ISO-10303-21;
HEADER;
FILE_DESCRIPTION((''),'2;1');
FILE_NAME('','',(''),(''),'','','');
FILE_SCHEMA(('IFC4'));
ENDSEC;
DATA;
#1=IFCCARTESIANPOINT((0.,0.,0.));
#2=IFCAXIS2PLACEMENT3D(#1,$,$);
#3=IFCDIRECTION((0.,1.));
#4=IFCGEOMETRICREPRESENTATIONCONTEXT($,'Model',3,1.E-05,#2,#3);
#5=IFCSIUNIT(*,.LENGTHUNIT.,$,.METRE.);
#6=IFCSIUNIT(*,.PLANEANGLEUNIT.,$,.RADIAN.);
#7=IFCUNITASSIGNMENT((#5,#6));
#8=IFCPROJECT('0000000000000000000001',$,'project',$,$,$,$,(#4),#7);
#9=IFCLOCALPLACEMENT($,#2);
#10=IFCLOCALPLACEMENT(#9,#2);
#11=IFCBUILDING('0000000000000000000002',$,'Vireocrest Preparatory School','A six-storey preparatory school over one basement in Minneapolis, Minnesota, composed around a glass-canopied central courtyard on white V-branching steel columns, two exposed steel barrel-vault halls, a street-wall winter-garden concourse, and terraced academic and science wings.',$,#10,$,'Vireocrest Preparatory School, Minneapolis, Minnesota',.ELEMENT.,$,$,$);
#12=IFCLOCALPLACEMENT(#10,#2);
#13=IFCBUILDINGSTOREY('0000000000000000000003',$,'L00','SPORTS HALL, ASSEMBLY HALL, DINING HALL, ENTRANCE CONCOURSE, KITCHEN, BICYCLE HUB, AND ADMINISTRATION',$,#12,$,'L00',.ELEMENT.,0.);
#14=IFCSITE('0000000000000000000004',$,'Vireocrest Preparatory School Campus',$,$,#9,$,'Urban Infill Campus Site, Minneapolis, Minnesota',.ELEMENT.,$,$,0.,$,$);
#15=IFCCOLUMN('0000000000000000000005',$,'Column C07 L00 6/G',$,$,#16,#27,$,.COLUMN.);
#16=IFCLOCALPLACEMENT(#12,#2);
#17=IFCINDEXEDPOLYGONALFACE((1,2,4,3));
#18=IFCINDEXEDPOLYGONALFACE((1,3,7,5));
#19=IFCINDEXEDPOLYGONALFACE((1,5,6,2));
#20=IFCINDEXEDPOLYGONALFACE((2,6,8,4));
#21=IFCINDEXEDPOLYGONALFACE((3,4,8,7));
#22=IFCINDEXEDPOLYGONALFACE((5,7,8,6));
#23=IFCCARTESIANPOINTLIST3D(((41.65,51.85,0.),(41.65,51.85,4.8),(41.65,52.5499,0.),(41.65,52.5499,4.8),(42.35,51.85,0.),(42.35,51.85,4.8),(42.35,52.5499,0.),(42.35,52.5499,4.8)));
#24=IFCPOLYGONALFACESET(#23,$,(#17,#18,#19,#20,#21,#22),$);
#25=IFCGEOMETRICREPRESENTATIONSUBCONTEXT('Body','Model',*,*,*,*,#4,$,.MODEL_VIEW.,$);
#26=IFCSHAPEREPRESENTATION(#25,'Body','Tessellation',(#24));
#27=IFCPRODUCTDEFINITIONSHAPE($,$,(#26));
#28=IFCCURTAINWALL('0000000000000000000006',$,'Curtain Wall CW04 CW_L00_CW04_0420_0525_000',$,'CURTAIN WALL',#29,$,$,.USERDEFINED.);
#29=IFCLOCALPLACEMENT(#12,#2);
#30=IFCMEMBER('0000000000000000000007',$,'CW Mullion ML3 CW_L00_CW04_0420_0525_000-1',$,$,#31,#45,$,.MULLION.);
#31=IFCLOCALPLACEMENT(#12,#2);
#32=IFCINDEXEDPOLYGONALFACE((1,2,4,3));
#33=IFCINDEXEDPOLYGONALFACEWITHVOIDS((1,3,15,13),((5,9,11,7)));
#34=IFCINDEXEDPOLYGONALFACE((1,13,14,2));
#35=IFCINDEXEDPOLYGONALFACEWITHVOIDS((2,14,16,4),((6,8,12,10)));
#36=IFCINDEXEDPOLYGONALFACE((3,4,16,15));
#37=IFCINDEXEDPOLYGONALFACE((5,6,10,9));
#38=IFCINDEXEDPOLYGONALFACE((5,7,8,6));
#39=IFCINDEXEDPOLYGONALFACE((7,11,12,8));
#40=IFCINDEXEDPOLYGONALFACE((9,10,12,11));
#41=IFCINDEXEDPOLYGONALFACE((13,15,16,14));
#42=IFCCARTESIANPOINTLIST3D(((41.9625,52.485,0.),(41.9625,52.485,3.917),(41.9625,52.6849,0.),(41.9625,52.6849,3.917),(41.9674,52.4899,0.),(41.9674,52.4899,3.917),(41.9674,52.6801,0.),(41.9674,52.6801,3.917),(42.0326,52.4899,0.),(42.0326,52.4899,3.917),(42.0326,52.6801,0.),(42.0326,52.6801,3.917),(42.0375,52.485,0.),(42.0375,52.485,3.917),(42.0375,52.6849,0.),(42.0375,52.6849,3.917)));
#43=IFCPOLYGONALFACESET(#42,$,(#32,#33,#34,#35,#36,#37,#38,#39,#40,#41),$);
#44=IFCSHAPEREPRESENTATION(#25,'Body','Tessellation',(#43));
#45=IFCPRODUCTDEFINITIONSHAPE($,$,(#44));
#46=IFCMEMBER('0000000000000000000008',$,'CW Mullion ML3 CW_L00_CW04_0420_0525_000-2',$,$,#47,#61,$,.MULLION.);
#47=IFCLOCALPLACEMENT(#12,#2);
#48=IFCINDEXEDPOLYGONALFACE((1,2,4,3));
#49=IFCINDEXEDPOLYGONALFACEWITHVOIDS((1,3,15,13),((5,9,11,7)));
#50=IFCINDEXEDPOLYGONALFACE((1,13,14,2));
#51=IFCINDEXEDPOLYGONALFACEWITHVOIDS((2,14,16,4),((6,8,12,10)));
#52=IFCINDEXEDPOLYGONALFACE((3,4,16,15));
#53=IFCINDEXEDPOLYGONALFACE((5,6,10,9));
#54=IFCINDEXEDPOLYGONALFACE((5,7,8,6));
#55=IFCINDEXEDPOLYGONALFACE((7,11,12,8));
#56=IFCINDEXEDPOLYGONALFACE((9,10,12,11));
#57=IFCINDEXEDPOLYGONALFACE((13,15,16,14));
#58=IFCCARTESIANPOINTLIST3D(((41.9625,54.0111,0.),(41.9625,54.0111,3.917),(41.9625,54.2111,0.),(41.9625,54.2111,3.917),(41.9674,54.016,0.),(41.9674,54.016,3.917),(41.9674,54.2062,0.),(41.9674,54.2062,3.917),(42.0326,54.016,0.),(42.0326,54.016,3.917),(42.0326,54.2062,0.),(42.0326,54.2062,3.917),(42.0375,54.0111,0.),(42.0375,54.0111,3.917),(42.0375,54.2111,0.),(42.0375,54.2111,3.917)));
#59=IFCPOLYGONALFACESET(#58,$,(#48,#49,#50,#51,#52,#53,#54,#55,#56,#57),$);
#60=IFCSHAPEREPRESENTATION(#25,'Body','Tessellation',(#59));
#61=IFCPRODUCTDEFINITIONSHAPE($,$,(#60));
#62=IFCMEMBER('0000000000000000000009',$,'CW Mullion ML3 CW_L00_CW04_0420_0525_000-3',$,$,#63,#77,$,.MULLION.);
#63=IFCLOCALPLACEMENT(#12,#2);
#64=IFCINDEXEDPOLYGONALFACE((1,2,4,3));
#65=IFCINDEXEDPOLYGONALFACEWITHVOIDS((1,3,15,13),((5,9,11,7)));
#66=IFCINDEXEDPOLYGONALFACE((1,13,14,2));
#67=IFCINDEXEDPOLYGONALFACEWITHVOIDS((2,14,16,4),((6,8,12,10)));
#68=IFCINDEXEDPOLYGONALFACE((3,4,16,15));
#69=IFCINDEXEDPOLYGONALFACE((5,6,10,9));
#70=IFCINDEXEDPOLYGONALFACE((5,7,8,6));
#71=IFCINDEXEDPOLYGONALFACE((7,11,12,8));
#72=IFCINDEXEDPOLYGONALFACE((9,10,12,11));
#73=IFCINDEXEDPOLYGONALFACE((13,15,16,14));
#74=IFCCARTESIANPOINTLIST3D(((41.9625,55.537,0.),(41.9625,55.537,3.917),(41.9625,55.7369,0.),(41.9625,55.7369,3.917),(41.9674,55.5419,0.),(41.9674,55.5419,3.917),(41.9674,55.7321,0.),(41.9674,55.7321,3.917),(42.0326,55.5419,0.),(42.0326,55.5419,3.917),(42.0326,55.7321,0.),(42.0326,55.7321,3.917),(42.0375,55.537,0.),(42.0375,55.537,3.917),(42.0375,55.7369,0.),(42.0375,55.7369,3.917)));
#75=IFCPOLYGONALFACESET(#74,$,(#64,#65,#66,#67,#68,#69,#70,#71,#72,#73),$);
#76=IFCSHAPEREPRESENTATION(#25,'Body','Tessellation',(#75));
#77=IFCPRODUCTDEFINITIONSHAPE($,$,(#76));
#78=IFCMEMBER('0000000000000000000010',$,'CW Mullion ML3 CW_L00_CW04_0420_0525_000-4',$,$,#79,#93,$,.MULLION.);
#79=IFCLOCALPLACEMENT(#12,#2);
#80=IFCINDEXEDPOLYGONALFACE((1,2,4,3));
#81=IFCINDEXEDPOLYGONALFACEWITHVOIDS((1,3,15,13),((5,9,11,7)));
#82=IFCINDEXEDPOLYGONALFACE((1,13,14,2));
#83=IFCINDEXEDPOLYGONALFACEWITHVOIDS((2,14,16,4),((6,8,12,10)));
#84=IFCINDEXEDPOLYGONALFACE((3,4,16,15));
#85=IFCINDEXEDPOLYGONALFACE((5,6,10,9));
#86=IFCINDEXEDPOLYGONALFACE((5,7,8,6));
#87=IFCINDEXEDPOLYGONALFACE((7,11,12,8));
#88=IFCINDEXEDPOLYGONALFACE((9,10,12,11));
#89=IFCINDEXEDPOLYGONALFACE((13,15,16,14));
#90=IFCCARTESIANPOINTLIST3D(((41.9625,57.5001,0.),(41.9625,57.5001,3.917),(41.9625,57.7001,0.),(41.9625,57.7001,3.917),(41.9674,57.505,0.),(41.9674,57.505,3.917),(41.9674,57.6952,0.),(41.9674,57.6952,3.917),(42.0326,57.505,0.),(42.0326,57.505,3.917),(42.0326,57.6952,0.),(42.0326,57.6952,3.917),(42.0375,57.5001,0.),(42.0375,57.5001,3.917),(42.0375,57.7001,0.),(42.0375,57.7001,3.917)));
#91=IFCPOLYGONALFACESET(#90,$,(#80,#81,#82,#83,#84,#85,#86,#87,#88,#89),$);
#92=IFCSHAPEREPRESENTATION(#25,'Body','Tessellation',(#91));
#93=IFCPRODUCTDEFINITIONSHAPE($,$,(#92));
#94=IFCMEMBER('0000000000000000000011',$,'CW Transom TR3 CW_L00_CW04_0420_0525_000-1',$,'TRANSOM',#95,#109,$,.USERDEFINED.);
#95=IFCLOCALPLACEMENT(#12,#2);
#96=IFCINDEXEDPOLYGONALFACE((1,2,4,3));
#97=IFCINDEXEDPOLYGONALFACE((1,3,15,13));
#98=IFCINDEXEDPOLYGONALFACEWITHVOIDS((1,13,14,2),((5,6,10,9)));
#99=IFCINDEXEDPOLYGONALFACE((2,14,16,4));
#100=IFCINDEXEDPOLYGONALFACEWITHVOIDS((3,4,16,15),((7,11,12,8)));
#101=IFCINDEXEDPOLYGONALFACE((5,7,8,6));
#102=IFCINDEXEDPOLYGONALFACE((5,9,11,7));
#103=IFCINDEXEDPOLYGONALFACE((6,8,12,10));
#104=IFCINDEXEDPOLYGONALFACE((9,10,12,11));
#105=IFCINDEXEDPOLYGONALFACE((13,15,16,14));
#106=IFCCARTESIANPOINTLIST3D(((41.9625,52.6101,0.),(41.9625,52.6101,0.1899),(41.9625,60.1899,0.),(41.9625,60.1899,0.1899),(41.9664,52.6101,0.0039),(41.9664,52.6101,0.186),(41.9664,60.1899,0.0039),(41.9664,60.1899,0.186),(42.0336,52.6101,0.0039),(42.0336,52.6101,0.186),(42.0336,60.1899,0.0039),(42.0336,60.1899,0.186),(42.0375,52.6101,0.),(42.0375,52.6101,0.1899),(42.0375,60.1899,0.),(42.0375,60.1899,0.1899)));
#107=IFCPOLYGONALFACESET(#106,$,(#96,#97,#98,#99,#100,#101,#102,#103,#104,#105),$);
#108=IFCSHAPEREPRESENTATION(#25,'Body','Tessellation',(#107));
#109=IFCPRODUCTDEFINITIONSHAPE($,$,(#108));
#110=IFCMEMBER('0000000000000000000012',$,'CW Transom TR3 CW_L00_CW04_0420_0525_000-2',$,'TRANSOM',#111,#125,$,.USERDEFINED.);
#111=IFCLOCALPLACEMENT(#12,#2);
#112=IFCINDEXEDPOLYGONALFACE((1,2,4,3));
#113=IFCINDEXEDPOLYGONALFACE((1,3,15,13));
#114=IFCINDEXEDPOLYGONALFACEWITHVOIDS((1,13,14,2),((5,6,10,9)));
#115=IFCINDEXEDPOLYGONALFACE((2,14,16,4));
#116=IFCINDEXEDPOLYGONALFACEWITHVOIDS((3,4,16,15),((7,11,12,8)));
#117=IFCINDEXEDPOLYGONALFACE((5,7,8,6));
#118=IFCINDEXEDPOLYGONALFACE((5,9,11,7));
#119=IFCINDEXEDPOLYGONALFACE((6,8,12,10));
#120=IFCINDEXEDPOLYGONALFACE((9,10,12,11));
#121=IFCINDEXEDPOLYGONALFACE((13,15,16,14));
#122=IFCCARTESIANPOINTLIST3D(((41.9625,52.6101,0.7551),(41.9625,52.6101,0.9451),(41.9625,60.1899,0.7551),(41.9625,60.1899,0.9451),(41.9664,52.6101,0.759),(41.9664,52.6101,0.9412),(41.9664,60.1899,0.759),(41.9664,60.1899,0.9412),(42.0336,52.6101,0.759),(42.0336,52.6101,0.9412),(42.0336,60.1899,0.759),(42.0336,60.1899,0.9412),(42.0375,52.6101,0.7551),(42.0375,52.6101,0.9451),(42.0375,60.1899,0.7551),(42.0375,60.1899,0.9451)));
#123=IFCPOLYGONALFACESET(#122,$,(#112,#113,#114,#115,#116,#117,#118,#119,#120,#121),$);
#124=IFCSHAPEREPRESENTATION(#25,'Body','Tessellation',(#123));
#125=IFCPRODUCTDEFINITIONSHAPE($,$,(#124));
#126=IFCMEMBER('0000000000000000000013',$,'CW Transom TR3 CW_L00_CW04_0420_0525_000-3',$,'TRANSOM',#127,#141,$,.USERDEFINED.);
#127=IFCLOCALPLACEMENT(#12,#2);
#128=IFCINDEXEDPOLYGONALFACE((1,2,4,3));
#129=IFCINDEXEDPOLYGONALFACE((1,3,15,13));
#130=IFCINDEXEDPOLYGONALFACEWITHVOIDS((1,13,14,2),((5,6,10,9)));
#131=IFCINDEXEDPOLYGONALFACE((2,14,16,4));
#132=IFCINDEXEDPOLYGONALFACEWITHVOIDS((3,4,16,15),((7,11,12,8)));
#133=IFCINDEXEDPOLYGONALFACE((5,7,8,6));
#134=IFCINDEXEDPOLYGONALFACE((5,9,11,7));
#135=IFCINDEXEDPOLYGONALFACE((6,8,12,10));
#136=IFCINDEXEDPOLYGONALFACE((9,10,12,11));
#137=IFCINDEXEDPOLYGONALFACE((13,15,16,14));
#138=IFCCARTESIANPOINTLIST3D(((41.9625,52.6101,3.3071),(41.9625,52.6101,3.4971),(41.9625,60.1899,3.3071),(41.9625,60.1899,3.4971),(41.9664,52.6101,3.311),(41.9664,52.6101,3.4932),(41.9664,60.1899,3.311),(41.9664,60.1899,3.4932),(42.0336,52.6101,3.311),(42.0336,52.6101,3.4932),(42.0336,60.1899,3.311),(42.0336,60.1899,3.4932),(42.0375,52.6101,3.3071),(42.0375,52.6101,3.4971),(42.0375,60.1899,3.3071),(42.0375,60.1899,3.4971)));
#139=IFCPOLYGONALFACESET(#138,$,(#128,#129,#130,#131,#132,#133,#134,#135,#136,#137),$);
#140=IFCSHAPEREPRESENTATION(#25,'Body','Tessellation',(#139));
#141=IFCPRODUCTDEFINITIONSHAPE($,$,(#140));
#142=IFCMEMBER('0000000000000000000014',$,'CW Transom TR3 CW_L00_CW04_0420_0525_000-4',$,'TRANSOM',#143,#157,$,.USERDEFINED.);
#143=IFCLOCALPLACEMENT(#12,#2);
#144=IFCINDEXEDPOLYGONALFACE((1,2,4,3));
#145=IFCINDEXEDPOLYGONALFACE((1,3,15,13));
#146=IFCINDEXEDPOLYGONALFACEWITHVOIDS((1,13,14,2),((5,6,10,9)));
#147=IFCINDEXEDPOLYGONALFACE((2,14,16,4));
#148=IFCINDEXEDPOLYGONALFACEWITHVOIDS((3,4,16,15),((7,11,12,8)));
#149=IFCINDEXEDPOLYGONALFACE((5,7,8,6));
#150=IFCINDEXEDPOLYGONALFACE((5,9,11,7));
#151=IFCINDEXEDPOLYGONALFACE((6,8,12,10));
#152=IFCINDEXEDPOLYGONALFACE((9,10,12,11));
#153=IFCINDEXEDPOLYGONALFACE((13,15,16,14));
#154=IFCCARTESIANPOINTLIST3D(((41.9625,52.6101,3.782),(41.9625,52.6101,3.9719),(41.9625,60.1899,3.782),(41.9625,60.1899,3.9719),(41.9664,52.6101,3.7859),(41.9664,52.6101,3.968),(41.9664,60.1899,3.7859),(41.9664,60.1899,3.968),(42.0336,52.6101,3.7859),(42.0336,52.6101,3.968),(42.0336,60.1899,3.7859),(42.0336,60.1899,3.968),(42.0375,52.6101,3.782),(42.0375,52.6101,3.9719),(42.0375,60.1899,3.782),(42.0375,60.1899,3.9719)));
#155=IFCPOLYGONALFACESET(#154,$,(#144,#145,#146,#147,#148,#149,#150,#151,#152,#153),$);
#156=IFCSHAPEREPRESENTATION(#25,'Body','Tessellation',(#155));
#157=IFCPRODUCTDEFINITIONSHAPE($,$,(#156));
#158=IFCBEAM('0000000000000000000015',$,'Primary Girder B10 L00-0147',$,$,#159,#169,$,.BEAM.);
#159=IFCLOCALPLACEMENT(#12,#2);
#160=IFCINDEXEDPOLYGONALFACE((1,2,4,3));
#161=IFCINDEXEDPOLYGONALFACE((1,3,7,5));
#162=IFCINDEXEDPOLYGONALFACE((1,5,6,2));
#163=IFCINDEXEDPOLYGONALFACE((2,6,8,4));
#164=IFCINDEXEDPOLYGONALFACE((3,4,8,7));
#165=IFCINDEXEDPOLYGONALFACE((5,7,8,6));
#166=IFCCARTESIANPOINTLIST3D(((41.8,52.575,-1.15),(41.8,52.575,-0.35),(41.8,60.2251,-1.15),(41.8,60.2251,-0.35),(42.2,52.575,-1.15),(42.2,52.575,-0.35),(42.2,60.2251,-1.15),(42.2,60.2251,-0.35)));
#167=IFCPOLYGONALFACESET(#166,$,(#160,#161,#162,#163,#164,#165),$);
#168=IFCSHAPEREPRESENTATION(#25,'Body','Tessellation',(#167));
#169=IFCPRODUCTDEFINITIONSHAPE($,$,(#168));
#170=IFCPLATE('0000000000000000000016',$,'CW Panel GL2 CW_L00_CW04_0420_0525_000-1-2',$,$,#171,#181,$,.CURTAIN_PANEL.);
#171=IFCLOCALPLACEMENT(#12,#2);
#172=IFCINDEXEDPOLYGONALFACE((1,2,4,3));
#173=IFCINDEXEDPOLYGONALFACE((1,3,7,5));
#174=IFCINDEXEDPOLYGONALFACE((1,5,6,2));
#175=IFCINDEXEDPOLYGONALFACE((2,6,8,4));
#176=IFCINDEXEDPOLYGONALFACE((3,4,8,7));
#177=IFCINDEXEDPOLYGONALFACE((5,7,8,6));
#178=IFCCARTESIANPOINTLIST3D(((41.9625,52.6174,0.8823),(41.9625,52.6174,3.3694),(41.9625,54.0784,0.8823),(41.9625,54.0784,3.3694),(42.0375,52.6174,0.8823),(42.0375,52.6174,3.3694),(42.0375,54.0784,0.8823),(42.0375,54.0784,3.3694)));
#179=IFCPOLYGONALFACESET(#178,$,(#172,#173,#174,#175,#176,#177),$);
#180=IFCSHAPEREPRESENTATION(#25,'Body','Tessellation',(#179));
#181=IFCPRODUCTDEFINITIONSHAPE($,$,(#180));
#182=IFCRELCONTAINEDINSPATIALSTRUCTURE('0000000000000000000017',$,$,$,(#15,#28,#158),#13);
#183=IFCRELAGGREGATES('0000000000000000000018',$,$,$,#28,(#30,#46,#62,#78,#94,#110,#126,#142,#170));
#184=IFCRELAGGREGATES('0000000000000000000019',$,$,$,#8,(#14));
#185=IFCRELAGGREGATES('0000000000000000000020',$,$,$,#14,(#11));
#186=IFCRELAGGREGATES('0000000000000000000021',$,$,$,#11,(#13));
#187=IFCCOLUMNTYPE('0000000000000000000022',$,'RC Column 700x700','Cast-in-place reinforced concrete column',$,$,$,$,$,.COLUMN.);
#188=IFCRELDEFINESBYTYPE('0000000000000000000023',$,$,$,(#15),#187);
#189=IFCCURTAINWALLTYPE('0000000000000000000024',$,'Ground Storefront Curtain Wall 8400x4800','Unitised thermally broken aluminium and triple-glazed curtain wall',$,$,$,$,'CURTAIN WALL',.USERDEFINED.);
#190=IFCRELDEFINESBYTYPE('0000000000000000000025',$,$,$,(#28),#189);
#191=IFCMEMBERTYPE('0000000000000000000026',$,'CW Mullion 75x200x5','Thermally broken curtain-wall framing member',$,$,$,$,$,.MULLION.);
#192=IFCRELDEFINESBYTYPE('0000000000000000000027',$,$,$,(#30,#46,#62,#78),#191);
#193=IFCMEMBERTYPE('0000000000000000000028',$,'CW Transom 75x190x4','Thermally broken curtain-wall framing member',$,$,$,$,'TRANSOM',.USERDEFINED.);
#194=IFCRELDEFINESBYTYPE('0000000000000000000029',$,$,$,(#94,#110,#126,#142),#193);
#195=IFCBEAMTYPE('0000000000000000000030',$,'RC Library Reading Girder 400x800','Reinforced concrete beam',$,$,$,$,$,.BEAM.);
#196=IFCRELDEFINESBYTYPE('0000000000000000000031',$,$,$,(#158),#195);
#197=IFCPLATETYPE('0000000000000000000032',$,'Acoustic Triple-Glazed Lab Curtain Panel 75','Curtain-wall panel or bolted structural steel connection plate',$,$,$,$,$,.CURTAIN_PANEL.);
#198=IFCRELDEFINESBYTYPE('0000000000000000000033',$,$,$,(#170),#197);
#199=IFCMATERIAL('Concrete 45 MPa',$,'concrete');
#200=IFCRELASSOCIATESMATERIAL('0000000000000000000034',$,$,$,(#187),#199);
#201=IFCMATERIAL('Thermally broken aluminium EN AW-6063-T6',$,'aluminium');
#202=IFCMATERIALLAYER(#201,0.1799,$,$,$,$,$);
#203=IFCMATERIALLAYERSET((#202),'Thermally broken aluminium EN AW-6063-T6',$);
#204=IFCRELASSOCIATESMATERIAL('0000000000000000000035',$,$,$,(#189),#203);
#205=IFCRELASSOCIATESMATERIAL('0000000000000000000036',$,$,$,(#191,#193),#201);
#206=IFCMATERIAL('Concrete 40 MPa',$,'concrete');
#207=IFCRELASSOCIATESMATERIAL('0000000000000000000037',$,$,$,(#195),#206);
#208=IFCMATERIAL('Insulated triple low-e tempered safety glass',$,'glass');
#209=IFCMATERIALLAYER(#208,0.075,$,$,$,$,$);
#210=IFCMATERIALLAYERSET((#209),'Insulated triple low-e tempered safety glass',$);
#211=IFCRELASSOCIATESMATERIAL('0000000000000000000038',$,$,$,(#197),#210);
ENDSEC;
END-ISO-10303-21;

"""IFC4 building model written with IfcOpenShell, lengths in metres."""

from ifc_helpers import new_model, si_unit, direction, frame, origin, origin_2d, place, context, subcontext, project, spatial, rectangle, hollow_rectangle, extrude, material, layer, layer_set, material_profile, profile_set, type_object, element, aggregate, save


model = new_model("IFC4")

# Units and contexts
model_context = context("Model", 3, precision=1e-05, world=origin(), true_north=direction((0.0, 1.0)))
body_context = subcontext(model_context, "Body", "Model", "MODEL_VIEW")
ifc_project = project(units=[si_unit("LENGTHUNIT", "METRE"), si_unit("PLANEANGLEUNIT", "RADIAN")], contexts=[model_context])

# Site, building, storey
site_placement = place(None, origin())
site = spatial("IfcSite", under=ifc_project, at=site_placement, Name="Vireocrest Preparatory School Campus", LongName="Urban Infill Campus Site, Minneapolis, Minnesota", CompositionType="ELEMENT", RefElevation=0.0)
building_placement = place(site_placement, origin())
building = spatial("IfcBuilding", under=site, at=building_placement, Name="Vireocrest Preparatory School", Description="A six-storey preparatory school over one basement in Minneapolis, Minnesota, composed around a glass-canopied central courtyard on white V-branching steel columns, two exposed steel barrel-vault halls, a street-wall winter-garden concourse, and terraced academic and science wings.", LongName="Vireocrest Preparatory School, Minneapolis, Minnesota", CompositionType="ELEMENT")
storey_placement = place(building_placement, origin())
storey = spatial("IfcBuildingStorey", under=building, at=storey_placement, Name="L00", Description="SPORTS HALL, ASSEMBLY HALL, DINING HALL, ENTRANCE CONCOURSE, KITCHEN, BICYCLE HUB, AND ADMINISTRATION", LongName="L00", CompositionType="ELEMENT", Elevation=0.0)

# Column
ifc_material_1 = material(Name="Concrete 45 MPa", Category="concrete")
ifc_material_profile_1 = material_profile(ifc_material_1, rectangle(XDim=0.7, YDim=0.7, at=origin_2d()), Name="RC 700x700")
ifc_profile_set_1 = profile_set([ifc_material_profile_1], Name="Concrete 45 MPa")
column_type = type_object("IfcColumnType", Name="RC Column 700x700", Description="Cast-in-place reinforced concrete column", PredefinedType="COLUMN", material=ifc_profile_set_1)
column_placement = place(storey_placement, frame((42.0, 52.2, 0.0), z_axis=(0.0, 0.0, 1.0), x_axis=(1.0, 0.0, 0.0)))
element("IfcColumn", 1, at=column_placement, inside=storey, type_object=column_type, Name="Column C07 L00 6/G", PredefinedType="COLUMN", context=body_context, shape_type="SweptSolid", body=[
    extrude(rectangle(XDim=0.7, YDim=0.7, at=origin_2d()), origin(), (0.0, 0.0, 1.0), 4.8),
])

# Curtain wall, members
ifc_material_2 = material(Name="Thermally broken aluminium EN AW-6063-T6", Category="aluminium")
ifc_layer_1 = layer(ifc_material_2, 0.1799)
ifc_layer_set_1 = layer_set([ifc_layer_1], Name="Thermally broken aluminium EN AW-6063-T6")
curtain_wall_type = type_object("IfcCurtainWallType", Name="Ground Storefront Curtain Wall 8400x4800", Description="Unitised thermally broken aluminium and triple-glazed curtain wall", ElementType="CURTAIN WALL", PredefinedType="USERDEFINED", material=ifc_layer_set_1)
curtain_wall_placement = place(storey_placement, origin())
curtain_wall = element("IfcCurtainWall", 2, at=curtain_wall_placement, inside=storey, type_object=curtain_wall_type, Name="Curtain Wall CW04 CW_L00_CW04_0420_0525_000", ObjectType="CURTAIN WALL", PredefinedType="USERDEFINED")
ifc_material_profile_2 = material_profile(ifc_material_2, hollow_rectangle(XDim=0.075, YDim=0.2, WallThickness=0.0049, at=origin_2d()), Name="ALU 75x200x5")
ifc_profile_set_2 = profile_set([ifc_material_profile_2], Name="Thermally broken aluminium EN AW-6063-T6")
member_type_1 = type_object("IfcMemberType", Name="CW Mullion 75x200x5", Description="Thermally broken curtain-wall framing member", PredefinedType="MULLION", material=ifc_profile_set_2)
member_1_placement = place(storey_placement, frame((42.0, 52.585, 0.0), z_axis=(0.0, 0.0, 1.0), x_axis=(1.0, 0.0, 0.0)))
member_1 = element("IfcMember", 3, at=member_1_placement, type_object=member_type_1, Name="CW Mullion ML3 CW_L00_CW04_0420_0525_000-1", PredefinedType="MULLION", context=body_context, shape_type="SweptSolid", body=[
    extrude(hollow_rectangle(XDim=0.075, YDim=0.2, WallThickness=0.0049, at=origin_2d()), origin(), (0.0, 0.0, 1.0), 3.917),
])
member_2_placement = place(storey_placement, frame((42.0, 54.1111, 0.0), z_axis=(0.0, 0.0, 1.0), x_axis=(1.0, 0.0, 0.0)))
member_2 = element("IfcMember", 4, at=member_2_placement, type_object=member_type_1, Name="CW Mullion ML3 CW_L00_CW04_0420_0525_000-2", PredefinedType="MULLION", context=body_context, shape_type="SweptSolid", body=[
    extrude(hollow_rectangle(XDim=0.075, YDim=0.2, WallThickness=0.0049, at=origin_2d()), origin(), (0.0, 0.0, 1.0), 3.917),
])
member_3_placement = place(storey_placement, frame((42.0, 55.637, 0.0), z_axis=(0.0, 0.0, 1.0), x_axis=(1.0, 0.0, 0.0)))
member_3 = element("IfcMember", 5, at=member_3_placement, type_object=member_type_1, Name="CW Mullion ML3 CW_L00_CW04_0420_0525_000-3", PredefinedType="MULLION", context=body_context, shape_type="SweptSolid", body=[
    extrude(hollow_rectangle(XDim=0.075, YDim=0.2, WallThickness=0.0049, at=origin_2d()), origin(), (0.0, 0.0, 1.0), 3.917),
])
member_4_placement = place(storey_placement, frame((42.0, 57.6001, 0.0), z_axis=(0.0, 0.0, 1.0), x_axis=(1.0, 0.0, 0.0)))
member_4 = element("IfcMember", 6, at=member_4_placement, type_object=member_type_1, Name="CW Mullion ML3 CW_L00_CW04_0420_0525_000-4", PredefinedType="MULLION", context=body_context, shape_type="SweptSolid", body=[
    extrude(hollow_rectangle(XDim=0.075, YDim=0.2, WallThickness=0.0049, at=origin_2d()), origin(), (0.0, 0.0, 1.0), 3.917),
])
ifc_material_profile_3 = material_profile(ifc_material_2, hollow_rectangle(XDim=0.075, YDim=0.1899, WallThickness=0.0039, at=origin_2d()), Name="ALU 75x190x4")
ifc_profile_set_3 = profile_set([ifc_material_profile_3], Name="Thermally broken aluminium EN AW-6063-T6")
member_type_2 = type_object("IfcMemberType", Name="CW Transom 75x190x4", Description="Thermally broken curtain-wall framing member", ElementType="TRANSOM", PredefinedType="USERDEFINED", material=ifc_profile_set_3)
member_5_placement = place(storey_placement, frame((42.0, 52.6101, 0.095), z_axis=(0.0, 1.0, 0.0), x_axis=(-1.0, 0.0, 0.0)))
member_5 = element("IfcMember", 7, at=member_5_placement, type_object=member_type_2, Name="CW Transom TR3 CW_L00_CW04_0420_0525_000-1", ObjectType="TRANSOM", PredefinedType="USERDEFINED", context=body_context, shape_type="SweptSolid", body=[
    extrude(hollow_rectangle(XDim=0.075, YDim=0.1899, WallThickness=0.0039, at=origin_2d()), origin(), (0.0, 0.0, 1.0), 7.5798),
])
member_6_placement = place(storey_placement, frame((42.0, 52.6101, 0.8501), z_axis=(0.0, 1.0, 0.0), x_axis=(-1.0, 0.0, 0.0)))
member_6 = element("IfcMember", 8, at=member_6_placement, type_object=member_type_2, Name="CW Transom TR3 CW_L00_CW04_0420_0525_000-2", ObjectType="TRANSOM", PredefinedType="USERDEFINED", context=body_context, shape_type="SweptSolid", body=[
    extrude(hollow_rectangle(XDim=0.075, YDim=0.1899, WallThickness=0.0039, at=origin_2d()), origin(), (0.0, 0.0, 1.0), 7.5798),
])
member_7_placement = place(storey_placement, frame((42.0, 52.6101, 3.4021), z_axis=(0.0, 1.0, 0.0), x_axis=(-1.0, 0.0, 0.0)))
member_7 = element("IfcMember", 9, at=member_7_placement, type_object=member_type_2, Name="CW Transom TR3 CW_L00_CW04_0420_0525_000-3", ObjectType="TRANSOM", PredefinedType="USERDEFINED", context=body_context, shape_type="SweptSolid", body=[
    extrude(hollow_rectangle(XDim=0.075, YDim=0.1899, WallThickness=0.0039, at=origin_2d()), origin(), (0.0, 0.0, 1.0), 7.5798),
])
member_8_placement = place(storey_placement, frame((42.0, 52.6101, 3.877), z_axis=(0.0, 1.0, 0.0), x_axis=(-1.0, 0.0, 0.0)))
member_8 = element("IfcMember", 10, at=member_8_placement, type_object=member_type_2, Name="CW Transom TR3 CW_L00_CW04_0420_0525_000-4", ObjectType="TRANSOM", PredefinedType="USERDEFINED", context=body_context, shape_type="SweptSolid", body=[
    extrude(hollow_rectangle(XDim=0.075, YDim=0.1899, WallThickness=0.0039, at=origin_2d()), origin(), (0.0, 0.0, 1.0), 7.5798),
])

# Beam
ifc_material_3 = material(Name="Concrete 40 MPa", Category="concrete")
ifc_material_profile_4 = material_profile(ifc_material_3, rectangle(XDim=0.3999, YDim=0.8, at=origin_2d()), Name="RC 400x800")
ifc_profile_set_4 = profile_set([ifc_material_profile_4], Name="Concrete 40 MPa")
beam_type = type_object("IfcBeamType", Name="RC Library Reading Girder 400x800", Description="Reinforced concrete beam", PredefinedType="BEAM", material=ifc_profile_set_4)
beam_placement = place(storey_placement, frame((42.0, 52.575, -0.75), z_axis=(0.0, 1.0, 0.0), x_axis=(-1.0, 0.0, 0.0)))
element("IfcBeam", 11, at=beam_placement, inside=storey, type_object=beam_type, Name="Primary Girder B10 L00-0147", PredefinedType="BEAM", context=body_context, shape_type="SweptSolid", body=[
    extrude(rectangle(XDim=0.3999, YDim=0.8, at=origin_2d()), origin(), (0.0, 0.0, 1.0), 7.6501),
])

# Plate
ifc_material_4 = material(Name="Insulated triple low-e tempered safety glass", Category="glass")
ifc_layer_2 = layer(ifc_material_4, 0.075)
ifc_layer_set_2 = layer_set([ifc_layer_2], Name="Insulated triple low-e tempered safety glass")
plate_type_1 = type_object("IfcPlateType", Name="Acoustic Triple-Glazed Lab Curtain Panel 75", Description="Curtain-wall panel or bolted structural steel connection plate", PredefinedType="CURTAIN_PANEL", material=ifc_layer_set_2)
plate_1_placement = place(storey_placement, frame((42.0, 53.3479, 0.8823), z_axis=(0.0, 0.0, 1.0), x_axis=(0.0, 1.0, 0.0)))
plate_1 = element("IfcPlate", 12, at=plate_1_placement, type_object=plate_type_1, Name="CW Panel GL2 CW_L00_CW04_0420_0525_000-1-2", PredefinedType="CURTAIN_PANEL", context=body_context, shape_type="SweptSolid", body=[
    extrude(rectangle(XDim=1.4609, YDim=0.075, at=origin_2d()), origin(), (0.0, 0.0, 1.0), 2.4871),
])
aggregate(curtain_wall, [member_1, member_2, member_3, member_4, member_5, member_6, member_7, member_8, plate_1])

save(model, "model.ifc")
